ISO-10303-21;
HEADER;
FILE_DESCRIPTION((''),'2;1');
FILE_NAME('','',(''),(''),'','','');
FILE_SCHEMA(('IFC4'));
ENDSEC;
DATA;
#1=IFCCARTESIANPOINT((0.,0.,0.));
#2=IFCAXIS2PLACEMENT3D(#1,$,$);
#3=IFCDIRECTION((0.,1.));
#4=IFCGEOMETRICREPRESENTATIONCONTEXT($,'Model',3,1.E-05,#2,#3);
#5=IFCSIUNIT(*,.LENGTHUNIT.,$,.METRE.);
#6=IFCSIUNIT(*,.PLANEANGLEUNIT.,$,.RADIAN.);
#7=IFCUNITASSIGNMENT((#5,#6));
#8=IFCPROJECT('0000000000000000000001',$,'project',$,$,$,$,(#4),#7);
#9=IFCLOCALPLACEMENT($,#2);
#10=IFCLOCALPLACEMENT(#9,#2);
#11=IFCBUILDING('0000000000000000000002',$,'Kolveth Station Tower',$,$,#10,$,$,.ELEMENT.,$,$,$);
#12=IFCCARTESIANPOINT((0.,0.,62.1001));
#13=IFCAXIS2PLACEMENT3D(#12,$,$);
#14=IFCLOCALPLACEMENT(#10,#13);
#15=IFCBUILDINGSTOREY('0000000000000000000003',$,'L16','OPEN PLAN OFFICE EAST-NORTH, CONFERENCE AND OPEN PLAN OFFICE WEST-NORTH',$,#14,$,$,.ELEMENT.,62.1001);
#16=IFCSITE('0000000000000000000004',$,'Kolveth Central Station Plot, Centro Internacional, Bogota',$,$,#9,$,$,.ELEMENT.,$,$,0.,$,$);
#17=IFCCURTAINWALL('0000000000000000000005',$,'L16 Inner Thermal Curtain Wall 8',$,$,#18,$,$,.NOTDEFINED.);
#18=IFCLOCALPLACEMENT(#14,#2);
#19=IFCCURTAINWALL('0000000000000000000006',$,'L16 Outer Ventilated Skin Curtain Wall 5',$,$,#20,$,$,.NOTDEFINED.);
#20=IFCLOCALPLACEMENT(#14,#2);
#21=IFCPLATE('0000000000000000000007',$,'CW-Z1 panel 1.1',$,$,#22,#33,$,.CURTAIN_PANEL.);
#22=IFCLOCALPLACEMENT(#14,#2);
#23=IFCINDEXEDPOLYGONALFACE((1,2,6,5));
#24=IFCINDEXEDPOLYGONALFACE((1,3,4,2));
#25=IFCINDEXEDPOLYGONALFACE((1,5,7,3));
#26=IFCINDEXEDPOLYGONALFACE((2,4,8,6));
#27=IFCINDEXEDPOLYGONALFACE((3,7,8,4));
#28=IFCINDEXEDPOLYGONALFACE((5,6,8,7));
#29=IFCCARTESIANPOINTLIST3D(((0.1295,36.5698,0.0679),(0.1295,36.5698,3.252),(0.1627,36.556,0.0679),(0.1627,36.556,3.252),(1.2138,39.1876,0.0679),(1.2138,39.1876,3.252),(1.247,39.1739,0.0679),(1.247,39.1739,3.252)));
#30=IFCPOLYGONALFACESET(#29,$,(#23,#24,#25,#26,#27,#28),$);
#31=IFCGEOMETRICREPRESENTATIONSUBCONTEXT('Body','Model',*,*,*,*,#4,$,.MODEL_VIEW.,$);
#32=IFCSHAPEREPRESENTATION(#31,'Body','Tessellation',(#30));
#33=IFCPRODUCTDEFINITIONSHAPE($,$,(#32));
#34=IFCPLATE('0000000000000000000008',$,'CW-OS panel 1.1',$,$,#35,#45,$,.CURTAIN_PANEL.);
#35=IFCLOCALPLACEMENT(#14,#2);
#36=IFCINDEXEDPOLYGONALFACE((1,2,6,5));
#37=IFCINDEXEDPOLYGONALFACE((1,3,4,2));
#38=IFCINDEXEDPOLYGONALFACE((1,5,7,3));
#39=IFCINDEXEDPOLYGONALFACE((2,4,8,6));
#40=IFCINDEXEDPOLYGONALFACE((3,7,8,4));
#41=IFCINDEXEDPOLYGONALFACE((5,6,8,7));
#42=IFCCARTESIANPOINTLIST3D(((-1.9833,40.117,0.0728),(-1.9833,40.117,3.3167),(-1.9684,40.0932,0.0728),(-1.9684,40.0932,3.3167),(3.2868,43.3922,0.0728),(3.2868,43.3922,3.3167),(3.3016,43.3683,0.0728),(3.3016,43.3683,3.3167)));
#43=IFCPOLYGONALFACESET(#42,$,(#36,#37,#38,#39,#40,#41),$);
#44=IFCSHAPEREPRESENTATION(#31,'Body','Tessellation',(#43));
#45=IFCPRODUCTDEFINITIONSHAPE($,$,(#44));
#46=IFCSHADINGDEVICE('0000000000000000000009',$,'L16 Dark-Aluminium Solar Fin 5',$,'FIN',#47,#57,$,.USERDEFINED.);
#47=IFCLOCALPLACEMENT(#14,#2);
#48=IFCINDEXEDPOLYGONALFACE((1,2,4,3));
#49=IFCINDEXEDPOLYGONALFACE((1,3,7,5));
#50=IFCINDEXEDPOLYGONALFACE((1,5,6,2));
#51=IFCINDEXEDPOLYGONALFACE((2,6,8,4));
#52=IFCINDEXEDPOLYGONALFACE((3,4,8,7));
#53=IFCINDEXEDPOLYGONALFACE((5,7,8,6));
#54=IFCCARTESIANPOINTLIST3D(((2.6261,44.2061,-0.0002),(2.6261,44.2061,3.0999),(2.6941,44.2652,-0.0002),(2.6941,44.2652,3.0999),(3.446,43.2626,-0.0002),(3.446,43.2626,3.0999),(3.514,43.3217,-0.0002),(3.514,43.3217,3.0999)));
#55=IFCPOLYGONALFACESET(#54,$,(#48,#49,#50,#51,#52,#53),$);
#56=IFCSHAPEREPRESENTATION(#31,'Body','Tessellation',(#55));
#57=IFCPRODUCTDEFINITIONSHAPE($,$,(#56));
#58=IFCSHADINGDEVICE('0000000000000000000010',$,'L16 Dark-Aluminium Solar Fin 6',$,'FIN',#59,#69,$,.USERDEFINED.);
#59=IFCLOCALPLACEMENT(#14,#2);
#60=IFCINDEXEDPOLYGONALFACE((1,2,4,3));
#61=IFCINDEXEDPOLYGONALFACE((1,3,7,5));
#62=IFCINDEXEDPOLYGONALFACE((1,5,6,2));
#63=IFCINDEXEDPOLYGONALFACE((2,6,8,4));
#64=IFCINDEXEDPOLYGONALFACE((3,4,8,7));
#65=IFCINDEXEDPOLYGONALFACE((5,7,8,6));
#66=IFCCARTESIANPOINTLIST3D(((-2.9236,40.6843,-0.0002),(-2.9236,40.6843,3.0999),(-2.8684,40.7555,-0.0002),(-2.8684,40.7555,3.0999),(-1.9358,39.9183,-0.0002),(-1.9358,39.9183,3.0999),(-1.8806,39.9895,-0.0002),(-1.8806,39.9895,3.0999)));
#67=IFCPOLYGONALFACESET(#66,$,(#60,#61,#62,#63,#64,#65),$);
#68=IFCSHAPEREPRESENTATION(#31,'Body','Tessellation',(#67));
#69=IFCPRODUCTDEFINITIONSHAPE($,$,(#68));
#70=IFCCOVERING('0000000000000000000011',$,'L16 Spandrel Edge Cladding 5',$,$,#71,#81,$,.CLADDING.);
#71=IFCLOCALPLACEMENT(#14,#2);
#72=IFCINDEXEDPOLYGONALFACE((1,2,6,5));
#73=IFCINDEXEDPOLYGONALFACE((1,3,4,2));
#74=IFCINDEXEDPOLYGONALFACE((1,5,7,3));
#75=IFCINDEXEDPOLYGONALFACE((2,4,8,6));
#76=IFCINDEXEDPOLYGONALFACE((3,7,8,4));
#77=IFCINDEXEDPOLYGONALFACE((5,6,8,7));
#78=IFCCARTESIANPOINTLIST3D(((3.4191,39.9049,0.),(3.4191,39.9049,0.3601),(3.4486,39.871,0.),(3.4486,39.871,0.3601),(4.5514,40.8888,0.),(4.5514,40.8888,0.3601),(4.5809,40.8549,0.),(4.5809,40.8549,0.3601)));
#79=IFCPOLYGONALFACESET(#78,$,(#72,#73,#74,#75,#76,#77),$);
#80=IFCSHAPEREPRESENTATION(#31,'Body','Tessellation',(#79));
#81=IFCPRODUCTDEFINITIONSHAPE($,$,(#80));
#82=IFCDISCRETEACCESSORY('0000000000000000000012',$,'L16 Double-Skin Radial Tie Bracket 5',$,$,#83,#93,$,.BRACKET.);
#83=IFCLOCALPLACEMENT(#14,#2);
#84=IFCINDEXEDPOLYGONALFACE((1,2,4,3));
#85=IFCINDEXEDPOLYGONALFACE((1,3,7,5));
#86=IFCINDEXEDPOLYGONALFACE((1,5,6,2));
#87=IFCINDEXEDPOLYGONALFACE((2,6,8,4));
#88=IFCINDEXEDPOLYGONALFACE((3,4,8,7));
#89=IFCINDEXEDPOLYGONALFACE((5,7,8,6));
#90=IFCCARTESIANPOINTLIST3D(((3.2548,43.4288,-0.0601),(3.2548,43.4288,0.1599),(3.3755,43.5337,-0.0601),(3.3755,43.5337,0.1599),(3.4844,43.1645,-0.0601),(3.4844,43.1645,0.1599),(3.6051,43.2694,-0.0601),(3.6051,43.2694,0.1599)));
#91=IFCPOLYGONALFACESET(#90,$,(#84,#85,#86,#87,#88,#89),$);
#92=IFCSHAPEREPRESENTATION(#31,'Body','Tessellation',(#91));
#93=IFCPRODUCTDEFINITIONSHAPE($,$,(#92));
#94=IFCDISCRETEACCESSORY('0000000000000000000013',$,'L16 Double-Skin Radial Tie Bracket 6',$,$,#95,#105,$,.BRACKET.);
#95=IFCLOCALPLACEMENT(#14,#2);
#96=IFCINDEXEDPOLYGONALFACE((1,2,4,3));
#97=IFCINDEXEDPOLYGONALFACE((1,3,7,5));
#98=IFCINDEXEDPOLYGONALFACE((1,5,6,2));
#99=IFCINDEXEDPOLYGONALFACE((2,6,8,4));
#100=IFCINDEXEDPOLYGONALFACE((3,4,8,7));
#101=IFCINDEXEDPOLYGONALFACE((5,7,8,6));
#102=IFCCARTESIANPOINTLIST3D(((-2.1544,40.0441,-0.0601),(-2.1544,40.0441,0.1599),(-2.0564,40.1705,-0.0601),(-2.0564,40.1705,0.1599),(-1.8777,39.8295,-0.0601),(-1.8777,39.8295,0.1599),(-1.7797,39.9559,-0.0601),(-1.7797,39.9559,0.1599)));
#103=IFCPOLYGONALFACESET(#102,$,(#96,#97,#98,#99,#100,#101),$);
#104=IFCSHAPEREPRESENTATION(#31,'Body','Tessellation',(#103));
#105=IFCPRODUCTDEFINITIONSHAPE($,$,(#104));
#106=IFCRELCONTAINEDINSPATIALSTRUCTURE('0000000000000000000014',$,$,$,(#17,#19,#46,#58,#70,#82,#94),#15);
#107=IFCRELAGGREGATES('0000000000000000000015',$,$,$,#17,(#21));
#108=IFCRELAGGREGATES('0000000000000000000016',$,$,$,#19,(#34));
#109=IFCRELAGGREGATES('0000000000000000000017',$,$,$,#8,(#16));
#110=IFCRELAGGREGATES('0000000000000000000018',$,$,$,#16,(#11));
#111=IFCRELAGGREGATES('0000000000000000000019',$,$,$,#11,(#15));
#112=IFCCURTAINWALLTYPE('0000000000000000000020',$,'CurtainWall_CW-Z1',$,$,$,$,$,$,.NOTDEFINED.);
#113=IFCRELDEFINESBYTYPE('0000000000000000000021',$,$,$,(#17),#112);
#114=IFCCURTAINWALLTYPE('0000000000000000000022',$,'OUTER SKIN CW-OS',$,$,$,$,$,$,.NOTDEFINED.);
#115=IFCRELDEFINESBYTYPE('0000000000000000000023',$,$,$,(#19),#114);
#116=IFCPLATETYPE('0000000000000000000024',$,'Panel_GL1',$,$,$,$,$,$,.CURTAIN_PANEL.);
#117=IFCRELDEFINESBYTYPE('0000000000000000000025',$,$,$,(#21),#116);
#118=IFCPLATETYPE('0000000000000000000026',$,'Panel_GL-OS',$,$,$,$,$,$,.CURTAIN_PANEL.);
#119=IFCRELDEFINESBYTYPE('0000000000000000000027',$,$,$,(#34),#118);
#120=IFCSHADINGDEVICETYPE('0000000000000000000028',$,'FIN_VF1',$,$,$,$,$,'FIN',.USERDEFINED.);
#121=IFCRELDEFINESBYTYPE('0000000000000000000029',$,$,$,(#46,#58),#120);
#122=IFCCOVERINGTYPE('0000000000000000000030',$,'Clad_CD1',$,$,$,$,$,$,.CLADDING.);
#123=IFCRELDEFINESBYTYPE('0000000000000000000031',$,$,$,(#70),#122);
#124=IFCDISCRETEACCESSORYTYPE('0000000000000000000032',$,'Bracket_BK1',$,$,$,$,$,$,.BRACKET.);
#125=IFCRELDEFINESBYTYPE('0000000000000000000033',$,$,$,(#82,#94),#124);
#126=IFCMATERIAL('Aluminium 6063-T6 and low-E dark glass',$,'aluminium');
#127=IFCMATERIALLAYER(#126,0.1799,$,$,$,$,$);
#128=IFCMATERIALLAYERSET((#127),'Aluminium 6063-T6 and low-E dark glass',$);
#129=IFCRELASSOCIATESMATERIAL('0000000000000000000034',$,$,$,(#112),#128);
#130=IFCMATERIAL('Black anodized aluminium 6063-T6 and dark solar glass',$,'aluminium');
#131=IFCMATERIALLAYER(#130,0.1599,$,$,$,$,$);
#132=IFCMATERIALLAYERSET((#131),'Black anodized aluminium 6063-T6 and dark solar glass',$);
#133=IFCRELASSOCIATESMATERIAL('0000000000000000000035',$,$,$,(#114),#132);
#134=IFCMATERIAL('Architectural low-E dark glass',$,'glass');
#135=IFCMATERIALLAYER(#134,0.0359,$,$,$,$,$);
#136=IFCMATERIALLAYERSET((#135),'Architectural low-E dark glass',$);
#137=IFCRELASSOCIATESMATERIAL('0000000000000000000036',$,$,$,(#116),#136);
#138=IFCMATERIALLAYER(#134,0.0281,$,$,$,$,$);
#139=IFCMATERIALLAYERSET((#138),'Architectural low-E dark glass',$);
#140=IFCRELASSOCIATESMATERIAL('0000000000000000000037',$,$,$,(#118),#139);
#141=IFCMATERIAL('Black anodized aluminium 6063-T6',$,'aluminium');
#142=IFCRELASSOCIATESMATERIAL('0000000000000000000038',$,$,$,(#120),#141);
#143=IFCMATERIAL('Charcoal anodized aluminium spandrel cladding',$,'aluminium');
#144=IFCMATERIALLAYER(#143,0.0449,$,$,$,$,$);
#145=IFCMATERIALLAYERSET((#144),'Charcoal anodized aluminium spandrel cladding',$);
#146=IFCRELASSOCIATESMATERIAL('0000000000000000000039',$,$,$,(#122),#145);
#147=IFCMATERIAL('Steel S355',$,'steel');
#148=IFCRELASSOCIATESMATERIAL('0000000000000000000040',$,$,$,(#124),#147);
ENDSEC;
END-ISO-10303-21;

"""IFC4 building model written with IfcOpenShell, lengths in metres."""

from ifc_helpers import new_model, si_unit, direction, frame, origin, origin_2d, place, context, subcontext, project, spatial, rectangle, extrude, source, transform, mapped, material, layer, layer_set, type_object, element, aggregate, save


model = new_model("IFC4")

# Units and contexts
model_context = context("Model", 3, precision=1e-05, world=origin(), true_north=direction((0.0, 1.0)))
body_context = subcontext(model_context, "Body", "Model", "MODEL_VIEW")
ifc_project = project(units=[si_unit("LENGTHUNIT", "METRE"), si_unit("PLANEANGLEUNIT", "RADIAN")], contexts=[model_context])

# Site, building, storey
site_placement = place(None, origin())
site = spatial("IfcSite", under=ifc_project, at=site_placement, Name="Kolveth Central Station Plot, Centro Internacional, Bogota", CompositionType="ELEMENT", RefElevation=0.0)
building_placement = place(site_placement, origin())
building = spatial("IfcBuilding", under=site, at=building_placement, Name="Kolveth Station Tower", CompositionType="ELEMENT")
storey_placement = place(building_placement, frame((0.0, 0.0, 62.1001)))
storey = spatial("IfcBuildingStorey", under=building, at=storey_placement, Name="L16", Description="OPEN PLAN OFFICE EAST-NORTH, CONFERENCE AND OPEN PLAN OFFICE WEST-NORTH", CompositionType="ELEMENT", Elevation=62.1001)

# Curtain wall
ifc_material_1 = material(Name="Aluminium 6063-T6 and low-E dark glass", Category="aluminium")
ifc_layer_1 = layer(ifc_material_1, 0.1799)
ifc_layer_set_1 = layer_set([ifc_layer_1], Name="Aluminium 6063-T6 and low-E dark glass")
curtain_wall_type_1 = type_object("IfcCurtainWallType", Name="CurtainWall_CW-Z1", PredefinedType="NOTDEFINED", material=ifc_layer_set_1)
ifc_material_2 = material(Name="Black anodized aluminium 6063-T6", Category="aluminium")
curtain_wall_1_placement = place(storey_placement, origin())
curtain_wall_1 = element("IfcCurtainWall", 1, at=curtain_wall_1_placement, inside=storey, type_object=curtain_wall_type_1, Name="L16 Inner Thermal Curtain Wall 8", PredefinedType="NOTDEFINED")

# Shared definitions
ifc_material_3 = material(Name="Black anodized aluminium 6063-T6 and dark solar glass", Category="aluminium")
ifc_layer_2 = layer(ifc_material_3, 0.1599)
ifc_layer_set_2 = layer_set([ifc_layer_2], Name="Black anodized aluminium 6063-T6 and dark solar glass")
curtain_wall_type_2 = type_object("IfcCurtainWallType", Name="OUTER SKIN CW-OS", PredefinedType="NOTDEFINED", material=ifc_layer_set_2)

# Curtain wall
curtain_wall_2_placement = place(storey_placement, origin())
curtain_wall_2 = element("IfcCurtainWall", 2, at=curtain_wall_2_placement, inside=storey, type_object=curtain_wall_type_2, Name="L16 Outer Ventilated Skin Curtain Wall 5", PredefinedType="NOTDEFINED")

# Plates
ifc_material_4 = material(Name="Architectural low-E dark glass", Category="glass")
ifc_layer_3 = layer(ifc_material_4, 0.0359)
ifc_layer_set_3 = layer_set([ifc_layer_3], Name="Architectural low-E dark glass")
plate_type_1 = type_object("IfcPlateType", Name="Panel_GL1", PredefinedType="CURTAIN_PANEL", material=ifc_layer_set_3)
shared_shape_1 = source(origin(), body_context, "Body", "SweptSolid", [
    extrude(rectangle(XDim=2.8335, YDim=0.0359, at=origin_2d()), origin(), (0.0, 0.0, 1.0), 3.1841),
])
plate_1_placement = place(storey_placement, frame((0.6882, 37.8718, 0.0679), z_axis=(0.0, 0.0, 1.0), x_axis=(-0.382673, -0.923884, 0.0)))
plate_1 = element("IfcPlate", 3, at=plate_1_placement, type_object=plate_type_1, Name="CW-Z1 panel 1.1", PredefinedType="CURTAIN_PANEL", context=body_context, shape_type="MappedRepresentation", body=[
    mapped(shared_shape_1, transform((0.0, 0.0, 0.0), x_axis=(1.0, 0.0, 0.0), y_axis=(0.0, 1.0, 0.0), z_axis=(0.0, 0.0, 1.0), scale=1.0)),
])
aggregate(curtain_wall_1, [plate_1])
ifc_layer_4 = layer(ifc_material_4, 0.0281)
ifc_layer_set_4 = layer_set([ifc_layer_4], Name="Architectural low-E dark glass")
plate_type_2 = type_object("IfcPlateType", Name="Panel_GL-OS", PredefinedType="CURTAIN_PANEL", material=ifc_layer_set_4)
shared_shape_2 = source(origin(), body_context, "Body", "SweptSolid", [
    extrude(rectangle(XDim=6.2048, YDim=0.0281, at=origin_2d()), origin(), (0.0, 0.0, 1.0), 3.2439),
])
plate_2_placement = place(storey_placement, frame((0.6592, 41.7427, 0.0728), z_axis=(0.0, 0.0, 1.0), x_axis=(-0.849348, -0.527833, 0.0)))
plate_2 = element("IfcPlate", 4, at=plate_2_placement, type_object=plate_type_2, Name="CW-OS panel 1.1", PredefinedType="CURTAIN_PANEL", context=body_context, shape_type="MappedRepresentation", body=[
    mapped(shared_shape_2, transform((0.0, 0.0, 0.0), x_axis=(1.0, 0.0, 0.0), y_axis=(0.0, 1.0, 0.0), z_axis=(0.0, 0.0, 1.0), scale=1.0)),
])
aggregate(curtain_wall_2, [plate_2])

# Shading devices
shading_device_type = type_object("IfcShadingDeviceType", Name="FIN_VF1", ElementType="FIN", PredefinedType="USERDEFINED", material=ifc_material_2)
shared_shape_3 = source(origin(), body_context, "Body", "SweptSolid", [
    extrude(rectangle(XDim=1.25, YDim=0.0901, at=origin_2d()), origin(), (0.0, 0.0, 1.0), 3.1001),
])
for number, where, z_axis, x_axis, name in (
    (5, (3.0701, 43.7639, -0.0002), (0.0, 0.0, 1.0), (-0.655927, 0.754824, 0.0), "L16 Dark-Aluminium Solar Fin 5"),
    (6, (-2.4021, 40.3369, -0.0002), (0.0, 0.0, 1.0), (-0.790262, 0.612769, 0.0), "L16 Dark-Aluminium Solar Fin 6"),
):
    element("IfcShadingDevice", number, at=place(storey_placement, frame(where, z_axis=z_axis, x_axis=x_axis)), inside=storey, type_object=shading_device_type, Name=name, ObjectType="FIN", PredefinedType="USERDEFINED", context=body_context, shape_type="MappedRepresentation", body=[
        mapped(shared_shape_3, transform((0.0, 0.0, 0.0), x_axis=(1.0, 0.0, 0.0), y_axis=(0.0, 1.0, 0.0), z_axis=(0.0, 0.0, 1.0), scale=1.0)),
    ])

# Covering
ifc_material_5 = material(Name="Charcoal anodized aluminium spandrel cladding", Category="aluminium")
ifc_layer_5 = layer(ifc_material_5, 0.0449)
ifc_layer_set_5 = layer_set([ifc_layer_5], Name="Charcoal anodized aluminium spandrel cladding")
covering_type = type_object("IfcCoveringType", Name="Clad_CD1", PredefinedType="CLADDING", material=ifc_layer_set_5)
shared_shape_4 = source(origin(), body_context, "Body", "SweptSolid", [
    extrude(rectangle(XDim=1.5, YDim=0.0449, at=origin_2d()), origin(), (0.0, 0.0, 1.0), 0.3601),
])
covering_placement = place(storey_placement, frame((4.0, 40.3799, 0.0), z_axis=(0.0, 0.0, 1.0), x_axis=(-0.754824, -0.655927, 0.0)))
element("IfcCovering", 7, at=covering_placement, inside=storey, type_object=covering_type, Name="L16 Spandrel Edge Cladding 5", PredefinedType="CLADDING", context=body_context, shape_type="MappedRepresentation", body=[
    mapped(shared_shape_4, transform((0.0, 0.0, 0.0), x_axis=(1.0, 0.0, 0.0), y_axis=(0.0, 1.0, 0.0), z_axis=(0.0, 0.0, 1.0), scale=1.0)),
])

# Discrete accessories
ifc_material_6 = material(Name="Steel S355", Category="steel")
discrete_accessory_type = type_object("IfcDiscreteAccessoryType", Name="Bracket_BK1", PredefinedType="BRACKET", material=ifc_material_6)
shared_shape_5 = source(origin(), body_context, "Body", "SweptSolid", [
    extrude(rectangle(XDim=0.3501, YDim=0.1599, at=origin_2d()), origin(), (0.0, 0.0, 1.0), 0.22),
])
for number, where, z_axis, x_axis, name in (
    (8, (3.4299, 43.3491, -0.0601), (0.0, 0.0, 1.0), (-0.655927, 0.754824, 0.0), "L16 Double-Skin Radial Tie Bracket 5"),
    (9, (-1.967, 40.0, -0.0601), (0.0, 0.0, 1.0), (-0.790262, 0.612769, 0.0), "L16 Double-Skin Radial Tie Bracket 6"),
):
    element("IfcDiscreteAccessory", number, at=place(storey_placement, frame(where, z_axis=z_axis, x_axis=x_axis)), inside=storey, type_object=discrete_accessory_type, Name=name, PredefinedType="BRACKET", context=body_context, shape_type="MappedRepresentation", body=[
        mapped(shared_shape_5, transform((0.0, 0.0, 0.0), x_axis=(1.0, 0.0, 0.0), y_axis=(0.0, 1.0, 0.0), z_axis=(0.0, 0.0, 1.0), scale=1.0)),
    ])

save(model, "model.ifc")
